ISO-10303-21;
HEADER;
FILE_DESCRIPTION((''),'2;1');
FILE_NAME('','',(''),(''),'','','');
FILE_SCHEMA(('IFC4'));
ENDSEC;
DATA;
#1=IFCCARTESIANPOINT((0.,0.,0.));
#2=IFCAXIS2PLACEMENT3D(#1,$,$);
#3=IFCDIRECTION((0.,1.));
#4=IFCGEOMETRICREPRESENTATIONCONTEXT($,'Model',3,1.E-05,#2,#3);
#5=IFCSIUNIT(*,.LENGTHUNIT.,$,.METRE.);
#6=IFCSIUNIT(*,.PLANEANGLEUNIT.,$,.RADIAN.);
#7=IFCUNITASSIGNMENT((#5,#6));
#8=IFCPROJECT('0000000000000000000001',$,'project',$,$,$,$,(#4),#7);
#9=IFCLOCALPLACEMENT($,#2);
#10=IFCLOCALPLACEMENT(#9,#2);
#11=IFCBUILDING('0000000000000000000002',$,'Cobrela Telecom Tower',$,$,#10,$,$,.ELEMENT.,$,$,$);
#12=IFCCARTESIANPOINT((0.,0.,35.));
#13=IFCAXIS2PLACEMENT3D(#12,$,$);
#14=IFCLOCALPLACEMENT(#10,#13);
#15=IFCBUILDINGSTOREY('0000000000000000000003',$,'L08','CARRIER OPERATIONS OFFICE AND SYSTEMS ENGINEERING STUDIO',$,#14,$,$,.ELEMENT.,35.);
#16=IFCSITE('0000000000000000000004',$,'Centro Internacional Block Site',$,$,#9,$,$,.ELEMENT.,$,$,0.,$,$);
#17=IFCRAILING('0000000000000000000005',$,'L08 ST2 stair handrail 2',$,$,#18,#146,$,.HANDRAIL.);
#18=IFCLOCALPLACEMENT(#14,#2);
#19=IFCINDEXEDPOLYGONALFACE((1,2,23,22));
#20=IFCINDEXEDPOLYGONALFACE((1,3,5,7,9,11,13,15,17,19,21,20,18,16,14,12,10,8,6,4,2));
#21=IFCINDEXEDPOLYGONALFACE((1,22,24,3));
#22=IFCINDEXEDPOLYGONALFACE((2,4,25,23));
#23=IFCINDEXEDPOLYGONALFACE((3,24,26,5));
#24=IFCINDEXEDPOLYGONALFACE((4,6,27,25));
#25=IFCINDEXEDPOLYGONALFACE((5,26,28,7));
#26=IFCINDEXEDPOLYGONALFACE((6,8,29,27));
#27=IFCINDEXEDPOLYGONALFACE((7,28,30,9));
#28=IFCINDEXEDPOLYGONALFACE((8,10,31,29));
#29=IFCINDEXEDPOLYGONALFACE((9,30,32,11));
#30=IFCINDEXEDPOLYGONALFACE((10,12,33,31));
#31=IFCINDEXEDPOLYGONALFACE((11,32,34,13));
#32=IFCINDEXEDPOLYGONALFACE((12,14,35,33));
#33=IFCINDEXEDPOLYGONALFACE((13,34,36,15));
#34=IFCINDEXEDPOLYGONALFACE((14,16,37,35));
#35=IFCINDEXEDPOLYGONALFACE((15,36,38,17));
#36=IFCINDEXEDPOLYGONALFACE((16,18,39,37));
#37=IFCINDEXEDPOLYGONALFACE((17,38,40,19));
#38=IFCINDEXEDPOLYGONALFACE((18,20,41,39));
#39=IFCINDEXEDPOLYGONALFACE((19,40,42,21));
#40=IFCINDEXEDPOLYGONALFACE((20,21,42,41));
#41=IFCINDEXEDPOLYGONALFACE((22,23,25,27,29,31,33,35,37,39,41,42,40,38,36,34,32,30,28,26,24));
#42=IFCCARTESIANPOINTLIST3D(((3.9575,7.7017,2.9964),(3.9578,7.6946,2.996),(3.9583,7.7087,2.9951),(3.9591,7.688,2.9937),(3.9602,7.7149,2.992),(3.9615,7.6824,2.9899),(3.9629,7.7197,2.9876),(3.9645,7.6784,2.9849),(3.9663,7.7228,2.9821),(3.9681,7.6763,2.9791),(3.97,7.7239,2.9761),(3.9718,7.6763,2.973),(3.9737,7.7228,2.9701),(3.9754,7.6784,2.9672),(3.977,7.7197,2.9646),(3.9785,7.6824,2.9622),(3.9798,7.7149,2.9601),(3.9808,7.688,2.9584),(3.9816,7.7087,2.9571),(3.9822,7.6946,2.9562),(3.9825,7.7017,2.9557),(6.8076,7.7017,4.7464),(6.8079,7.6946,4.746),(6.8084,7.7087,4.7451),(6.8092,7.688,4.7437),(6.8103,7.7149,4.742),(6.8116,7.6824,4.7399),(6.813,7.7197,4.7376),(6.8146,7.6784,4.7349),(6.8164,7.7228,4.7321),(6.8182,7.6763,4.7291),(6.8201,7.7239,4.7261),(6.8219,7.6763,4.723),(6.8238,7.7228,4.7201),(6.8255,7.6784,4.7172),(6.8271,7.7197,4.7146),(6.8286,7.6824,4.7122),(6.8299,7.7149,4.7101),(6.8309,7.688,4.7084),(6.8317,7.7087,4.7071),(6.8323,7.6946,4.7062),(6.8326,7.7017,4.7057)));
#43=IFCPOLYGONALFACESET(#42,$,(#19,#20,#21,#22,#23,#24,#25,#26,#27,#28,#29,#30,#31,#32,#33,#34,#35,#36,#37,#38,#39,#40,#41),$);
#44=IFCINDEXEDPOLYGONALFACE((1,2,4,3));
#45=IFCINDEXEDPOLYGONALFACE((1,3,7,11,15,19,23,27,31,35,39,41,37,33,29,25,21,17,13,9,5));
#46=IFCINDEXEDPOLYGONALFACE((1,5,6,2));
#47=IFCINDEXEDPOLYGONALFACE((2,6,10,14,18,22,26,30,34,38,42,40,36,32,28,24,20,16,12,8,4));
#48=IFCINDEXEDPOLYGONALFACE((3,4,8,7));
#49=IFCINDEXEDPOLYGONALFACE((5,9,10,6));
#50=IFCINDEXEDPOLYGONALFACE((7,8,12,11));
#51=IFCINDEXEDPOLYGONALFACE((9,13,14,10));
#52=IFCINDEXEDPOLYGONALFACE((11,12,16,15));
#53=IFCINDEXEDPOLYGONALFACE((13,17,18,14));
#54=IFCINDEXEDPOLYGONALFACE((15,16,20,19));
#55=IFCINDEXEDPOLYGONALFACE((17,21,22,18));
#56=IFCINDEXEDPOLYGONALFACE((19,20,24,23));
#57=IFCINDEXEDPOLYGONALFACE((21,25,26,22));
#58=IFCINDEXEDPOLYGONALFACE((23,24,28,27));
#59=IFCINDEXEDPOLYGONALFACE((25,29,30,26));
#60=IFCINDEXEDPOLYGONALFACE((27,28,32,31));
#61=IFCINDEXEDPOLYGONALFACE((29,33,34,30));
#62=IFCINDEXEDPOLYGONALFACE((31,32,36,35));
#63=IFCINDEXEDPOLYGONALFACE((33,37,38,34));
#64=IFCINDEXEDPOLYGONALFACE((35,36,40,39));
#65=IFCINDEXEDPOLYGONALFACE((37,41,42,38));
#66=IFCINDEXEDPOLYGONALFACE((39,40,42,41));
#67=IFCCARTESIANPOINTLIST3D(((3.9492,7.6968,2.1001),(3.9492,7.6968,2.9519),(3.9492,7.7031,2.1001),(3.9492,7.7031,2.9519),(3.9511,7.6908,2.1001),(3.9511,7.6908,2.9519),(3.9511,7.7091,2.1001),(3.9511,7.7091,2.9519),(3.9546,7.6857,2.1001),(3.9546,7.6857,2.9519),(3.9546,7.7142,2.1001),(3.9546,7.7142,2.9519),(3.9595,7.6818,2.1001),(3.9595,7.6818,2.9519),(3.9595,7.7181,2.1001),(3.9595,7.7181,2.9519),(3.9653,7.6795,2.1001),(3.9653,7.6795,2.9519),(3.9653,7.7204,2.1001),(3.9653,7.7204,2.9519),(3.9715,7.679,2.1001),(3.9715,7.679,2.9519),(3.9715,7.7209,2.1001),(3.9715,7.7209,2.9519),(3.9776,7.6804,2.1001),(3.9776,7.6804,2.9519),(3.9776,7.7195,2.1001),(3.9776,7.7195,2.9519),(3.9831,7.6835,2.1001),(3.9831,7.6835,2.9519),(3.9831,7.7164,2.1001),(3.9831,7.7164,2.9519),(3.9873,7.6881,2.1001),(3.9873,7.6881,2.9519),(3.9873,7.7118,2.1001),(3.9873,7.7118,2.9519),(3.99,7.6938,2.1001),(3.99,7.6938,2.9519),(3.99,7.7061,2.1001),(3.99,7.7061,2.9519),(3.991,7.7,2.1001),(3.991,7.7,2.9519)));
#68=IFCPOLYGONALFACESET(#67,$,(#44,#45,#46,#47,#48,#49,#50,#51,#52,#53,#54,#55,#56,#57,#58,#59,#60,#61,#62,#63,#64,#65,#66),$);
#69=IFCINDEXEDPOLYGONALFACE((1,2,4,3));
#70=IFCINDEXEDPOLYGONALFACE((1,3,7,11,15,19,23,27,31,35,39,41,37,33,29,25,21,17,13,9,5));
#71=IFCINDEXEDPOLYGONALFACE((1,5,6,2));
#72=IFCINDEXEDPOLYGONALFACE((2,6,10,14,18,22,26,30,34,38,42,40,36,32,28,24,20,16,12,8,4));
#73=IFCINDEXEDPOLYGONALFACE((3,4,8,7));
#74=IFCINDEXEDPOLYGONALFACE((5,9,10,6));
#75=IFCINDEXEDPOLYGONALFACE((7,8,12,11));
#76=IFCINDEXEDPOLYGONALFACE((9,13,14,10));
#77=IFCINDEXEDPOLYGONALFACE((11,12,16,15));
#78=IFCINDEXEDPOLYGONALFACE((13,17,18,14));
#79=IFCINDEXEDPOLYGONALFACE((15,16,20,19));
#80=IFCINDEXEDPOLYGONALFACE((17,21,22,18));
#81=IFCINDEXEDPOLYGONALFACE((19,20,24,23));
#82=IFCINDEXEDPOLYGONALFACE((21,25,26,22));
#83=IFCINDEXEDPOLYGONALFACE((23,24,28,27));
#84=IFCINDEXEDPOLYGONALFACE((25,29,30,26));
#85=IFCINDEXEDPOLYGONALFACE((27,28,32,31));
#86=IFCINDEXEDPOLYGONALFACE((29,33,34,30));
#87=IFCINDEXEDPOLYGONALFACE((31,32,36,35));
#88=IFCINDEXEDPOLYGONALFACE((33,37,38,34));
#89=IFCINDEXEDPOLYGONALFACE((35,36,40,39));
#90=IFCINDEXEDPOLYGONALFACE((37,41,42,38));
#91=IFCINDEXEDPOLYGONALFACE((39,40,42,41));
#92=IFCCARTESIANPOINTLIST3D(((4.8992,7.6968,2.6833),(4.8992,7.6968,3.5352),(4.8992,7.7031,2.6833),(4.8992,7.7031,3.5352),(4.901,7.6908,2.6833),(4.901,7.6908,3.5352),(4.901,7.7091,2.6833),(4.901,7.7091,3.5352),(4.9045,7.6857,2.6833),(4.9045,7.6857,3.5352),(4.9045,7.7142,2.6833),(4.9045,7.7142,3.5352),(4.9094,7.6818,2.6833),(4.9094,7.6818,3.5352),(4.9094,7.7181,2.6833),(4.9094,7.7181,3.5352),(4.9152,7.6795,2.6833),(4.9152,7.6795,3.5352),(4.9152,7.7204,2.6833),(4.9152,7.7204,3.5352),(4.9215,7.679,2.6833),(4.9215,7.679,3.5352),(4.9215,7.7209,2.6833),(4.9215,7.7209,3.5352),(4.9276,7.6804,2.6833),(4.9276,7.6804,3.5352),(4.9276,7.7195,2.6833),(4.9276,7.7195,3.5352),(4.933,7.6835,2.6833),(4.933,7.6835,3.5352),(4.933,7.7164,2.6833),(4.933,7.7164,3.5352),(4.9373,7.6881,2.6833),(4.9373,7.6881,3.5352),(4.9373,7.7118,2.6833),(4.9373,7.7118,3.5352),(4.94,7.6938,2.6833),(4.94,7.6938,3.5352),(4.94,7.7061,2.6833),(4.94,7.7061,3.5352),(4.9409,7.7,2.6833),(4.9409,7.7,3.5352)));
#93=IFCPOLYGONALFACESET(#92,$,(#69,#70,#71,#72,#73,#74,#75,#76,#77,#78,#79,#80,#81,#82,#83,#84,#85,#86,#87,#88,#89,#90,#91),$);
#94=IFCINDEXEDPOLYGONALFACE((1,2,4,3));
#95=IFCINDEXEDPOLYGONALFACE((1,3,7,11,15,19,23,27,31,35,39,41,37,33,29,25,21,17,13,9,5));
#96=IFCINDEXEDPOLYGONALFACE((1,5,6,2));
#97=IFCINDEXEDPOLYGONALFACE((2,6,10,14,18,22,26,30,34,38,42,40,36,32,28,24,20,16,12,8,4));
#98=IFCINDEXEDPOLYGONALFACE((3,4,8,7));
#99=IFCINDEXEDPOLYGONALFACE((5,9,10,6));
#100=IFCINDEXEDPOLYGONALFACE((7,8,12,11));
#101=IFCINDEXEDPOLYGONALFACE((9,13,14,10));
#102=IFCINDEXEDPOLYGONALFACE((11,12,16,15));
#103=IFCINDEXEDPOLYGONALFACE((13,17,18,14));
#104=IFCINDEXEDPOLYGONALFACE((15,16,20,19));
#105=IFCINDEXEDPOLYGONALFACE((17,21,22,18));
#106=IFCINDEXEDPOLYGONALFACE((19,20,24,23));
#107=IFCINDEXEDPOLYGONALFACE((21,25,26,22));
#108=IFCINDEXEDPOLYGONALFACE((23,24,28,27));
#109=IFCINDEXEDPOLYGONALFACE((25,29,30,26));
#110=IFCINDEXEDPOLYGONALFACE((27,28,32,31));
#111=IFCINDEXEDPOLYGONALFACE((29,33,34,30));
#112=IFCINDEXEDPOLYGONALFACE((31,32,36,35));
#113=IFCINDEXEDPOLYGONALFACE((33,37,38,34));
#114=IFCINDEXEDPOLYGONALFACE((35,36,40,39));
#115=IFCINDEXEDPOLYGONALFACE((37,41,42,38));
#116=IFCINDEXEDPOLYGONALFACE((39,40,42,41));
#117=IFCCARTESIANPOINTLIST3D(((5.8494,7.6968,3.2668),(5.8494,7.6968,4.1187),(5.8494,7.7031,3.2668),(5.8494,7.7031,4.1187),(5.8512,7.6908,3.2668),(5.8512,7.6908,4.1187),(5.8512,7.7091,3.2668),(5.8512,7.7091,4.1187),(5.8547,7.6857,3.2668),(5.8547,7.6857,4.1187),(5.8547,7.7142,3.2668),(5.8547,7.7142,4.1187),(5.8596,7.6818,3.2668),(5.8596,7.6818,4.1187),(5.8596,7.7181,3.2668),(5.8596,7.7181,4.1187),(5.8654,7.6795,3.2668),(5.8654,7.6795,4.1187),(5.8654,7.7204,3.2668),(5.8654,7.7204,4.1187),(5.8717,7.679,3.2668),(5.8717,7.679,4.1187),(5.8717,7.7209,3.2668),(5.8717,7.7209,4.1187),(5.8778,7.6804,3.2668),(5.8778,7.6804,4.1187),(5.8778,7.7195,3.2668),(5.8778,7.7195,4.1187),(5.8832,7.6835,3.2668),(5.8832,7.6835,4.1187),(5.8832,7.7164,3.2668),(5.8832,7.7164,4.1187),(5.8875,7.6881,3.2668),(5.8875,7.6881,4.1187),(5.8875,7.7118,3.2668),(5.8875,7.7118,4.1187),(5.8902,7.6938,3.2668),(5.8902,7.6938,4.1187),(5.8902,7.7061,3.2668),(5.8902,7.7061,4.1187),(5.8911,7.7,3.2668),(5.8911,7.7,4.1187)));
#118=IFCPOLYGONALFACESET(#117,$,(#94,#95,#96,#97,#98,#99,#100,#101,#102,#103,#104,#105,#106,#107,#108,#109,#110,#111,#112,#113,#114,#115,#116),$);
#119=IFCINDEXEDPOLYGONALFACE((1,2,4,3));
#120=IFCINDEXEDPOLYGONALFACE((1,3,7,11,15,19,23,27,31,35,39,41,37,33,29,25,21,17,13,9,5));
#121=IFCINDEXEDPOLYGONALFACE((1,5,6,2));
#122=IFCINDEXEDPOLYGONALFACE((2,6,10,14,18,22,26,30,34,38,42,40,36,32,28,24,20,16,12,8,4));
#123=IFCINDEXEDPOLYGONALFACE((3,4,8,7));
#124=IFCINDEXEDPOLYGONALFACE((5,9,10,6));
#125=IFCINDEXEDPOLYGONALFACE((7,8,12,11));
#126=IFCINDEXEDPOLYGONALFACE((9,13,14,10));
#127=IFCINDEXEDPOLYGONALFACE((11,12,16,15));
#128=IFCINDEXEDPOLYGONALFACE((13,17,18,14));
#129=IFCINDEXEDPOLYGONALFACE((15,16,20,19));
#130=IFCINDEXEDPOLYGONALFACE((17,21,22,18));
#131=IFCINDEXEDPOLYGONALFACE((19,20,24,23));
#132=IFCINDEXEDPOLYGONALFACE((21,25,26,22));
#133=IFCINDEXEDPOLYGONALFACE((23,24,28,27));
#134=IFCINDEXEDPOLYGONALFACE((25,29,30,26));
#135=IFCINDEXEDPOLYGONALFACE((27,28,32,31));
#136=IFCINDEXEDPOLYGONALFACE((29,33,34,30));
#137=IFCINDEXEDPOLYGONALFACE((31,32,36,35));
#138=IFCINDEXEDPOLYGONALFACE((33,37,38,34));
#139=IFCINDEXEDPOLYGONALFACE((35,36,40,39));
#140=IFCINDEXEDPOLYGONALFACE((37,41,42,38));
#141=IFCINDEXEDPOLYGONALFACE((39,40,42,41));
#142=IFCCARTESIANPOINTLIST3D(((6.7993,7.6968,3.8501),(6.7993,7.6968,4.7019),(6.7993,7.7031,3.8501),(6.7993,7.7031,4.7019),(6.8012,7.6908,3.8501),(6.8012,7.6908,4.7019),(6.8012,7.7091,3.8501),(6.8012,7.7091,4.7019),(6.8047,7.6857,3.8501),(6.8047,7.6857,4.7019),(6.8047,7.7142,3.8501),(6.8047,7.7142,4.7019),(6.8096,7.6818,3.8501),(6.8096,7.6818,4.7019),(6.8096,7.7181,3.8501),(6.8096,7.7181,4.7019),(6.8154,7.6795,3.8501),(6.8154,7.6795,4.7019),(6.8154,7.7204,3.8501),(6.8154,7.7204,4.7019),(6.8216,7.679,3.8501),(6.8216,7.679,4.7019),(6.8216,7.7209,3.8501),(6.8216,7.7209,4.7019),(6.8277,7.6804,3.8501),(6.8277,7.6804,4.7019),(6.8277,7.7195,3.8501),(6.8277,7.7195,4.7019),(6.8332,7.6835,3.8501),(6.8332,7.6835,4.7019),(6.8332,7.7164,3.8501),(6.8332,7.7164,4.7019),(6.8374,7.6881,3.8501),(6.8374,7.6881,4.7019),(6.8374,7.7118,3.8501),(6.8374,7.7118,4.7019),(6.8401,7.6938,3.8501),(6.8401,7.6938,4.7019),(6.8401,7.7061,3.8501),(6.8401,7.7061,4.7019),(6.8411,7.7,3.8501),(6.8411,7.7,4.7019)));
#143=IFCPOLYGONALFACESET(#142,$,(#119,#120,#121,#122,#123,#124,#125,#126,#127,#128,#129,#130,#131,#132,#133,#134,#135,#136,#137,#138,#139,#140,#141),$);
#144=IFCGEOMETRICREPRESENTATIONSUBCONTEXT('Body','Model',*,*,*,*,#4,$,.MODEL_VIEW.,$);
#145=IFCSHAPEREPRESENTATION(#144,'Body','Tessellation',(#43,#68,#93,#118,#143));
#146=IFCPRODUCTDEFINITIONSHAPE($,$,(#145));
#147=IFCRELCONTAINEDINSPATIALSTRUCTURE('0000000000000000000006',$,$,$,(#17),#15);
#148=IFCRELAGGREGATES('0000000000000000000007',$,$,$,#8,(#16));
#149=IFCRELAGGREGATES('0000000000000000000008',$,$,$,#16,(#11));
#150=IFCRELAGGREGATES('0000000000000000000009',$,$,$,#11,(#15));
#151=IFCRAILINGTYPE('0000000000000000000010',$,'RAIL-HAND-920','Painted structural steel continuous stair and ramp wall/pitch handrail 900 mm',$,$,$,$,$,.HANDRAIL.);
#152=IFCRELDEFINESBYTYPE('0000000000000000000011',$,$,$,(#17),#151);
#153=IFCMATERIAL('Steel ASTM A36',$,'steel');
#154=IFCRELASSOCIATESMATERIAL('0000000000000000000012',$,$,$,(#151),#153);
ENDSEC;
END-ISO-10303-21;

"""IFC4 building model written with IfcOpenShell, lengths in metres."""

from ifc_helpers import new_model, si_unit, direction, frame, origin, origin_2d, place, context, subcontext, project, spatial, circle, extrude, material, type_object, element, save


model = new_model("IFC4")

# Units and contexts
model_context = context("Model", 3, precision=1e-05, world=origin(), true_north=direction((0.0, 1.0)))
body_context = subcontext(model_context, "Body", "Model", "MODEL_VIEW")
ifc_project = project(units=[si_unit("LENGTHUNIT", "METRE"), si_unit("PLANEANGLEUNIT", "RADIAN")], contexts=[model_context])

# Site, building, storey
site_placement = place(None, origin())
site = spatial("IfcSite", under=ifc_project, at=site_placement, Name="Centro Internacional Block Site", CompositionType="ELEMENT", RefElevation=0.0)
building_placement = place(site_placement, origin())
building = spatial("IfcBuilding", under=site, at=building_placement, Name="Cobrela Telecom Tower", CompositionType="ELEMENT")
storey_placement = place(building_placement, frame((0.0, 0.0, 35.0)))
storey = spatial("IfcBuildingStorey", under=building, at=storey_placement, Name="L08", Description="CARRIER OPERATIONS OFFICE AND SYSTEMS ENGINEERING STUDIO", CompositionType="ELEMENT", Elevation=35.0)

# Railing
ifc_material_1 = material(Name="Steel ASTM A36", Category="steel")
railing_type_1 = type_object("IfcRailingType", Name="RAIL-HAND-920", Description="Painted structural steel continuous stair and ramp wall/pitch handrail 900 mm", PredefinedType="HANDRAIL", material=ifc_material_1)
railing_1_placement = place(storey_placement, frame((3.97, 7.7, 2.1001)))
element("IfcRailing", 1, at=railing_1_placement, inside=storey, type_object=railing_type_1, Name="L08 ST2 stair handrail 2", PredefinedType="HANDRAIL", context=body_context, shape_type="SweptSolid", body=[
    extrude(circle(Radius=0.0239, at=origin_2d()), frame((0.0, 0.0, 0.876), z_axis=(0.852179, 0.0, 0.52325), x_axis=(0.0, 1.0, 0.0)), (0.0, 0.0, 1.0), 3.3445),
    extrude(circle(Radius=0.021, at=origin_2d()), origin(), (0.0, 0.0, 1.0), 0.8518),
    extrude(circle(Radius=0.021, at=origin_2d()), frame((0.95, 0.0, 0.5833)), (0.0, 0.0, 1.0), 0.8518),
    extrude(circle(Radius=0.021, at=origin_2d()), frame((1.9001, 0.0, 1.1667)), (0.0, 0.0, 1.0), 0.8518),
    extrude(circle(Radius=0.021, at=origin_2d()), frame((2.8501, 0.0, 1.75)), (0.0, 0.0, 1.0), 0.8518),
])

save(model, "model.ifc")
